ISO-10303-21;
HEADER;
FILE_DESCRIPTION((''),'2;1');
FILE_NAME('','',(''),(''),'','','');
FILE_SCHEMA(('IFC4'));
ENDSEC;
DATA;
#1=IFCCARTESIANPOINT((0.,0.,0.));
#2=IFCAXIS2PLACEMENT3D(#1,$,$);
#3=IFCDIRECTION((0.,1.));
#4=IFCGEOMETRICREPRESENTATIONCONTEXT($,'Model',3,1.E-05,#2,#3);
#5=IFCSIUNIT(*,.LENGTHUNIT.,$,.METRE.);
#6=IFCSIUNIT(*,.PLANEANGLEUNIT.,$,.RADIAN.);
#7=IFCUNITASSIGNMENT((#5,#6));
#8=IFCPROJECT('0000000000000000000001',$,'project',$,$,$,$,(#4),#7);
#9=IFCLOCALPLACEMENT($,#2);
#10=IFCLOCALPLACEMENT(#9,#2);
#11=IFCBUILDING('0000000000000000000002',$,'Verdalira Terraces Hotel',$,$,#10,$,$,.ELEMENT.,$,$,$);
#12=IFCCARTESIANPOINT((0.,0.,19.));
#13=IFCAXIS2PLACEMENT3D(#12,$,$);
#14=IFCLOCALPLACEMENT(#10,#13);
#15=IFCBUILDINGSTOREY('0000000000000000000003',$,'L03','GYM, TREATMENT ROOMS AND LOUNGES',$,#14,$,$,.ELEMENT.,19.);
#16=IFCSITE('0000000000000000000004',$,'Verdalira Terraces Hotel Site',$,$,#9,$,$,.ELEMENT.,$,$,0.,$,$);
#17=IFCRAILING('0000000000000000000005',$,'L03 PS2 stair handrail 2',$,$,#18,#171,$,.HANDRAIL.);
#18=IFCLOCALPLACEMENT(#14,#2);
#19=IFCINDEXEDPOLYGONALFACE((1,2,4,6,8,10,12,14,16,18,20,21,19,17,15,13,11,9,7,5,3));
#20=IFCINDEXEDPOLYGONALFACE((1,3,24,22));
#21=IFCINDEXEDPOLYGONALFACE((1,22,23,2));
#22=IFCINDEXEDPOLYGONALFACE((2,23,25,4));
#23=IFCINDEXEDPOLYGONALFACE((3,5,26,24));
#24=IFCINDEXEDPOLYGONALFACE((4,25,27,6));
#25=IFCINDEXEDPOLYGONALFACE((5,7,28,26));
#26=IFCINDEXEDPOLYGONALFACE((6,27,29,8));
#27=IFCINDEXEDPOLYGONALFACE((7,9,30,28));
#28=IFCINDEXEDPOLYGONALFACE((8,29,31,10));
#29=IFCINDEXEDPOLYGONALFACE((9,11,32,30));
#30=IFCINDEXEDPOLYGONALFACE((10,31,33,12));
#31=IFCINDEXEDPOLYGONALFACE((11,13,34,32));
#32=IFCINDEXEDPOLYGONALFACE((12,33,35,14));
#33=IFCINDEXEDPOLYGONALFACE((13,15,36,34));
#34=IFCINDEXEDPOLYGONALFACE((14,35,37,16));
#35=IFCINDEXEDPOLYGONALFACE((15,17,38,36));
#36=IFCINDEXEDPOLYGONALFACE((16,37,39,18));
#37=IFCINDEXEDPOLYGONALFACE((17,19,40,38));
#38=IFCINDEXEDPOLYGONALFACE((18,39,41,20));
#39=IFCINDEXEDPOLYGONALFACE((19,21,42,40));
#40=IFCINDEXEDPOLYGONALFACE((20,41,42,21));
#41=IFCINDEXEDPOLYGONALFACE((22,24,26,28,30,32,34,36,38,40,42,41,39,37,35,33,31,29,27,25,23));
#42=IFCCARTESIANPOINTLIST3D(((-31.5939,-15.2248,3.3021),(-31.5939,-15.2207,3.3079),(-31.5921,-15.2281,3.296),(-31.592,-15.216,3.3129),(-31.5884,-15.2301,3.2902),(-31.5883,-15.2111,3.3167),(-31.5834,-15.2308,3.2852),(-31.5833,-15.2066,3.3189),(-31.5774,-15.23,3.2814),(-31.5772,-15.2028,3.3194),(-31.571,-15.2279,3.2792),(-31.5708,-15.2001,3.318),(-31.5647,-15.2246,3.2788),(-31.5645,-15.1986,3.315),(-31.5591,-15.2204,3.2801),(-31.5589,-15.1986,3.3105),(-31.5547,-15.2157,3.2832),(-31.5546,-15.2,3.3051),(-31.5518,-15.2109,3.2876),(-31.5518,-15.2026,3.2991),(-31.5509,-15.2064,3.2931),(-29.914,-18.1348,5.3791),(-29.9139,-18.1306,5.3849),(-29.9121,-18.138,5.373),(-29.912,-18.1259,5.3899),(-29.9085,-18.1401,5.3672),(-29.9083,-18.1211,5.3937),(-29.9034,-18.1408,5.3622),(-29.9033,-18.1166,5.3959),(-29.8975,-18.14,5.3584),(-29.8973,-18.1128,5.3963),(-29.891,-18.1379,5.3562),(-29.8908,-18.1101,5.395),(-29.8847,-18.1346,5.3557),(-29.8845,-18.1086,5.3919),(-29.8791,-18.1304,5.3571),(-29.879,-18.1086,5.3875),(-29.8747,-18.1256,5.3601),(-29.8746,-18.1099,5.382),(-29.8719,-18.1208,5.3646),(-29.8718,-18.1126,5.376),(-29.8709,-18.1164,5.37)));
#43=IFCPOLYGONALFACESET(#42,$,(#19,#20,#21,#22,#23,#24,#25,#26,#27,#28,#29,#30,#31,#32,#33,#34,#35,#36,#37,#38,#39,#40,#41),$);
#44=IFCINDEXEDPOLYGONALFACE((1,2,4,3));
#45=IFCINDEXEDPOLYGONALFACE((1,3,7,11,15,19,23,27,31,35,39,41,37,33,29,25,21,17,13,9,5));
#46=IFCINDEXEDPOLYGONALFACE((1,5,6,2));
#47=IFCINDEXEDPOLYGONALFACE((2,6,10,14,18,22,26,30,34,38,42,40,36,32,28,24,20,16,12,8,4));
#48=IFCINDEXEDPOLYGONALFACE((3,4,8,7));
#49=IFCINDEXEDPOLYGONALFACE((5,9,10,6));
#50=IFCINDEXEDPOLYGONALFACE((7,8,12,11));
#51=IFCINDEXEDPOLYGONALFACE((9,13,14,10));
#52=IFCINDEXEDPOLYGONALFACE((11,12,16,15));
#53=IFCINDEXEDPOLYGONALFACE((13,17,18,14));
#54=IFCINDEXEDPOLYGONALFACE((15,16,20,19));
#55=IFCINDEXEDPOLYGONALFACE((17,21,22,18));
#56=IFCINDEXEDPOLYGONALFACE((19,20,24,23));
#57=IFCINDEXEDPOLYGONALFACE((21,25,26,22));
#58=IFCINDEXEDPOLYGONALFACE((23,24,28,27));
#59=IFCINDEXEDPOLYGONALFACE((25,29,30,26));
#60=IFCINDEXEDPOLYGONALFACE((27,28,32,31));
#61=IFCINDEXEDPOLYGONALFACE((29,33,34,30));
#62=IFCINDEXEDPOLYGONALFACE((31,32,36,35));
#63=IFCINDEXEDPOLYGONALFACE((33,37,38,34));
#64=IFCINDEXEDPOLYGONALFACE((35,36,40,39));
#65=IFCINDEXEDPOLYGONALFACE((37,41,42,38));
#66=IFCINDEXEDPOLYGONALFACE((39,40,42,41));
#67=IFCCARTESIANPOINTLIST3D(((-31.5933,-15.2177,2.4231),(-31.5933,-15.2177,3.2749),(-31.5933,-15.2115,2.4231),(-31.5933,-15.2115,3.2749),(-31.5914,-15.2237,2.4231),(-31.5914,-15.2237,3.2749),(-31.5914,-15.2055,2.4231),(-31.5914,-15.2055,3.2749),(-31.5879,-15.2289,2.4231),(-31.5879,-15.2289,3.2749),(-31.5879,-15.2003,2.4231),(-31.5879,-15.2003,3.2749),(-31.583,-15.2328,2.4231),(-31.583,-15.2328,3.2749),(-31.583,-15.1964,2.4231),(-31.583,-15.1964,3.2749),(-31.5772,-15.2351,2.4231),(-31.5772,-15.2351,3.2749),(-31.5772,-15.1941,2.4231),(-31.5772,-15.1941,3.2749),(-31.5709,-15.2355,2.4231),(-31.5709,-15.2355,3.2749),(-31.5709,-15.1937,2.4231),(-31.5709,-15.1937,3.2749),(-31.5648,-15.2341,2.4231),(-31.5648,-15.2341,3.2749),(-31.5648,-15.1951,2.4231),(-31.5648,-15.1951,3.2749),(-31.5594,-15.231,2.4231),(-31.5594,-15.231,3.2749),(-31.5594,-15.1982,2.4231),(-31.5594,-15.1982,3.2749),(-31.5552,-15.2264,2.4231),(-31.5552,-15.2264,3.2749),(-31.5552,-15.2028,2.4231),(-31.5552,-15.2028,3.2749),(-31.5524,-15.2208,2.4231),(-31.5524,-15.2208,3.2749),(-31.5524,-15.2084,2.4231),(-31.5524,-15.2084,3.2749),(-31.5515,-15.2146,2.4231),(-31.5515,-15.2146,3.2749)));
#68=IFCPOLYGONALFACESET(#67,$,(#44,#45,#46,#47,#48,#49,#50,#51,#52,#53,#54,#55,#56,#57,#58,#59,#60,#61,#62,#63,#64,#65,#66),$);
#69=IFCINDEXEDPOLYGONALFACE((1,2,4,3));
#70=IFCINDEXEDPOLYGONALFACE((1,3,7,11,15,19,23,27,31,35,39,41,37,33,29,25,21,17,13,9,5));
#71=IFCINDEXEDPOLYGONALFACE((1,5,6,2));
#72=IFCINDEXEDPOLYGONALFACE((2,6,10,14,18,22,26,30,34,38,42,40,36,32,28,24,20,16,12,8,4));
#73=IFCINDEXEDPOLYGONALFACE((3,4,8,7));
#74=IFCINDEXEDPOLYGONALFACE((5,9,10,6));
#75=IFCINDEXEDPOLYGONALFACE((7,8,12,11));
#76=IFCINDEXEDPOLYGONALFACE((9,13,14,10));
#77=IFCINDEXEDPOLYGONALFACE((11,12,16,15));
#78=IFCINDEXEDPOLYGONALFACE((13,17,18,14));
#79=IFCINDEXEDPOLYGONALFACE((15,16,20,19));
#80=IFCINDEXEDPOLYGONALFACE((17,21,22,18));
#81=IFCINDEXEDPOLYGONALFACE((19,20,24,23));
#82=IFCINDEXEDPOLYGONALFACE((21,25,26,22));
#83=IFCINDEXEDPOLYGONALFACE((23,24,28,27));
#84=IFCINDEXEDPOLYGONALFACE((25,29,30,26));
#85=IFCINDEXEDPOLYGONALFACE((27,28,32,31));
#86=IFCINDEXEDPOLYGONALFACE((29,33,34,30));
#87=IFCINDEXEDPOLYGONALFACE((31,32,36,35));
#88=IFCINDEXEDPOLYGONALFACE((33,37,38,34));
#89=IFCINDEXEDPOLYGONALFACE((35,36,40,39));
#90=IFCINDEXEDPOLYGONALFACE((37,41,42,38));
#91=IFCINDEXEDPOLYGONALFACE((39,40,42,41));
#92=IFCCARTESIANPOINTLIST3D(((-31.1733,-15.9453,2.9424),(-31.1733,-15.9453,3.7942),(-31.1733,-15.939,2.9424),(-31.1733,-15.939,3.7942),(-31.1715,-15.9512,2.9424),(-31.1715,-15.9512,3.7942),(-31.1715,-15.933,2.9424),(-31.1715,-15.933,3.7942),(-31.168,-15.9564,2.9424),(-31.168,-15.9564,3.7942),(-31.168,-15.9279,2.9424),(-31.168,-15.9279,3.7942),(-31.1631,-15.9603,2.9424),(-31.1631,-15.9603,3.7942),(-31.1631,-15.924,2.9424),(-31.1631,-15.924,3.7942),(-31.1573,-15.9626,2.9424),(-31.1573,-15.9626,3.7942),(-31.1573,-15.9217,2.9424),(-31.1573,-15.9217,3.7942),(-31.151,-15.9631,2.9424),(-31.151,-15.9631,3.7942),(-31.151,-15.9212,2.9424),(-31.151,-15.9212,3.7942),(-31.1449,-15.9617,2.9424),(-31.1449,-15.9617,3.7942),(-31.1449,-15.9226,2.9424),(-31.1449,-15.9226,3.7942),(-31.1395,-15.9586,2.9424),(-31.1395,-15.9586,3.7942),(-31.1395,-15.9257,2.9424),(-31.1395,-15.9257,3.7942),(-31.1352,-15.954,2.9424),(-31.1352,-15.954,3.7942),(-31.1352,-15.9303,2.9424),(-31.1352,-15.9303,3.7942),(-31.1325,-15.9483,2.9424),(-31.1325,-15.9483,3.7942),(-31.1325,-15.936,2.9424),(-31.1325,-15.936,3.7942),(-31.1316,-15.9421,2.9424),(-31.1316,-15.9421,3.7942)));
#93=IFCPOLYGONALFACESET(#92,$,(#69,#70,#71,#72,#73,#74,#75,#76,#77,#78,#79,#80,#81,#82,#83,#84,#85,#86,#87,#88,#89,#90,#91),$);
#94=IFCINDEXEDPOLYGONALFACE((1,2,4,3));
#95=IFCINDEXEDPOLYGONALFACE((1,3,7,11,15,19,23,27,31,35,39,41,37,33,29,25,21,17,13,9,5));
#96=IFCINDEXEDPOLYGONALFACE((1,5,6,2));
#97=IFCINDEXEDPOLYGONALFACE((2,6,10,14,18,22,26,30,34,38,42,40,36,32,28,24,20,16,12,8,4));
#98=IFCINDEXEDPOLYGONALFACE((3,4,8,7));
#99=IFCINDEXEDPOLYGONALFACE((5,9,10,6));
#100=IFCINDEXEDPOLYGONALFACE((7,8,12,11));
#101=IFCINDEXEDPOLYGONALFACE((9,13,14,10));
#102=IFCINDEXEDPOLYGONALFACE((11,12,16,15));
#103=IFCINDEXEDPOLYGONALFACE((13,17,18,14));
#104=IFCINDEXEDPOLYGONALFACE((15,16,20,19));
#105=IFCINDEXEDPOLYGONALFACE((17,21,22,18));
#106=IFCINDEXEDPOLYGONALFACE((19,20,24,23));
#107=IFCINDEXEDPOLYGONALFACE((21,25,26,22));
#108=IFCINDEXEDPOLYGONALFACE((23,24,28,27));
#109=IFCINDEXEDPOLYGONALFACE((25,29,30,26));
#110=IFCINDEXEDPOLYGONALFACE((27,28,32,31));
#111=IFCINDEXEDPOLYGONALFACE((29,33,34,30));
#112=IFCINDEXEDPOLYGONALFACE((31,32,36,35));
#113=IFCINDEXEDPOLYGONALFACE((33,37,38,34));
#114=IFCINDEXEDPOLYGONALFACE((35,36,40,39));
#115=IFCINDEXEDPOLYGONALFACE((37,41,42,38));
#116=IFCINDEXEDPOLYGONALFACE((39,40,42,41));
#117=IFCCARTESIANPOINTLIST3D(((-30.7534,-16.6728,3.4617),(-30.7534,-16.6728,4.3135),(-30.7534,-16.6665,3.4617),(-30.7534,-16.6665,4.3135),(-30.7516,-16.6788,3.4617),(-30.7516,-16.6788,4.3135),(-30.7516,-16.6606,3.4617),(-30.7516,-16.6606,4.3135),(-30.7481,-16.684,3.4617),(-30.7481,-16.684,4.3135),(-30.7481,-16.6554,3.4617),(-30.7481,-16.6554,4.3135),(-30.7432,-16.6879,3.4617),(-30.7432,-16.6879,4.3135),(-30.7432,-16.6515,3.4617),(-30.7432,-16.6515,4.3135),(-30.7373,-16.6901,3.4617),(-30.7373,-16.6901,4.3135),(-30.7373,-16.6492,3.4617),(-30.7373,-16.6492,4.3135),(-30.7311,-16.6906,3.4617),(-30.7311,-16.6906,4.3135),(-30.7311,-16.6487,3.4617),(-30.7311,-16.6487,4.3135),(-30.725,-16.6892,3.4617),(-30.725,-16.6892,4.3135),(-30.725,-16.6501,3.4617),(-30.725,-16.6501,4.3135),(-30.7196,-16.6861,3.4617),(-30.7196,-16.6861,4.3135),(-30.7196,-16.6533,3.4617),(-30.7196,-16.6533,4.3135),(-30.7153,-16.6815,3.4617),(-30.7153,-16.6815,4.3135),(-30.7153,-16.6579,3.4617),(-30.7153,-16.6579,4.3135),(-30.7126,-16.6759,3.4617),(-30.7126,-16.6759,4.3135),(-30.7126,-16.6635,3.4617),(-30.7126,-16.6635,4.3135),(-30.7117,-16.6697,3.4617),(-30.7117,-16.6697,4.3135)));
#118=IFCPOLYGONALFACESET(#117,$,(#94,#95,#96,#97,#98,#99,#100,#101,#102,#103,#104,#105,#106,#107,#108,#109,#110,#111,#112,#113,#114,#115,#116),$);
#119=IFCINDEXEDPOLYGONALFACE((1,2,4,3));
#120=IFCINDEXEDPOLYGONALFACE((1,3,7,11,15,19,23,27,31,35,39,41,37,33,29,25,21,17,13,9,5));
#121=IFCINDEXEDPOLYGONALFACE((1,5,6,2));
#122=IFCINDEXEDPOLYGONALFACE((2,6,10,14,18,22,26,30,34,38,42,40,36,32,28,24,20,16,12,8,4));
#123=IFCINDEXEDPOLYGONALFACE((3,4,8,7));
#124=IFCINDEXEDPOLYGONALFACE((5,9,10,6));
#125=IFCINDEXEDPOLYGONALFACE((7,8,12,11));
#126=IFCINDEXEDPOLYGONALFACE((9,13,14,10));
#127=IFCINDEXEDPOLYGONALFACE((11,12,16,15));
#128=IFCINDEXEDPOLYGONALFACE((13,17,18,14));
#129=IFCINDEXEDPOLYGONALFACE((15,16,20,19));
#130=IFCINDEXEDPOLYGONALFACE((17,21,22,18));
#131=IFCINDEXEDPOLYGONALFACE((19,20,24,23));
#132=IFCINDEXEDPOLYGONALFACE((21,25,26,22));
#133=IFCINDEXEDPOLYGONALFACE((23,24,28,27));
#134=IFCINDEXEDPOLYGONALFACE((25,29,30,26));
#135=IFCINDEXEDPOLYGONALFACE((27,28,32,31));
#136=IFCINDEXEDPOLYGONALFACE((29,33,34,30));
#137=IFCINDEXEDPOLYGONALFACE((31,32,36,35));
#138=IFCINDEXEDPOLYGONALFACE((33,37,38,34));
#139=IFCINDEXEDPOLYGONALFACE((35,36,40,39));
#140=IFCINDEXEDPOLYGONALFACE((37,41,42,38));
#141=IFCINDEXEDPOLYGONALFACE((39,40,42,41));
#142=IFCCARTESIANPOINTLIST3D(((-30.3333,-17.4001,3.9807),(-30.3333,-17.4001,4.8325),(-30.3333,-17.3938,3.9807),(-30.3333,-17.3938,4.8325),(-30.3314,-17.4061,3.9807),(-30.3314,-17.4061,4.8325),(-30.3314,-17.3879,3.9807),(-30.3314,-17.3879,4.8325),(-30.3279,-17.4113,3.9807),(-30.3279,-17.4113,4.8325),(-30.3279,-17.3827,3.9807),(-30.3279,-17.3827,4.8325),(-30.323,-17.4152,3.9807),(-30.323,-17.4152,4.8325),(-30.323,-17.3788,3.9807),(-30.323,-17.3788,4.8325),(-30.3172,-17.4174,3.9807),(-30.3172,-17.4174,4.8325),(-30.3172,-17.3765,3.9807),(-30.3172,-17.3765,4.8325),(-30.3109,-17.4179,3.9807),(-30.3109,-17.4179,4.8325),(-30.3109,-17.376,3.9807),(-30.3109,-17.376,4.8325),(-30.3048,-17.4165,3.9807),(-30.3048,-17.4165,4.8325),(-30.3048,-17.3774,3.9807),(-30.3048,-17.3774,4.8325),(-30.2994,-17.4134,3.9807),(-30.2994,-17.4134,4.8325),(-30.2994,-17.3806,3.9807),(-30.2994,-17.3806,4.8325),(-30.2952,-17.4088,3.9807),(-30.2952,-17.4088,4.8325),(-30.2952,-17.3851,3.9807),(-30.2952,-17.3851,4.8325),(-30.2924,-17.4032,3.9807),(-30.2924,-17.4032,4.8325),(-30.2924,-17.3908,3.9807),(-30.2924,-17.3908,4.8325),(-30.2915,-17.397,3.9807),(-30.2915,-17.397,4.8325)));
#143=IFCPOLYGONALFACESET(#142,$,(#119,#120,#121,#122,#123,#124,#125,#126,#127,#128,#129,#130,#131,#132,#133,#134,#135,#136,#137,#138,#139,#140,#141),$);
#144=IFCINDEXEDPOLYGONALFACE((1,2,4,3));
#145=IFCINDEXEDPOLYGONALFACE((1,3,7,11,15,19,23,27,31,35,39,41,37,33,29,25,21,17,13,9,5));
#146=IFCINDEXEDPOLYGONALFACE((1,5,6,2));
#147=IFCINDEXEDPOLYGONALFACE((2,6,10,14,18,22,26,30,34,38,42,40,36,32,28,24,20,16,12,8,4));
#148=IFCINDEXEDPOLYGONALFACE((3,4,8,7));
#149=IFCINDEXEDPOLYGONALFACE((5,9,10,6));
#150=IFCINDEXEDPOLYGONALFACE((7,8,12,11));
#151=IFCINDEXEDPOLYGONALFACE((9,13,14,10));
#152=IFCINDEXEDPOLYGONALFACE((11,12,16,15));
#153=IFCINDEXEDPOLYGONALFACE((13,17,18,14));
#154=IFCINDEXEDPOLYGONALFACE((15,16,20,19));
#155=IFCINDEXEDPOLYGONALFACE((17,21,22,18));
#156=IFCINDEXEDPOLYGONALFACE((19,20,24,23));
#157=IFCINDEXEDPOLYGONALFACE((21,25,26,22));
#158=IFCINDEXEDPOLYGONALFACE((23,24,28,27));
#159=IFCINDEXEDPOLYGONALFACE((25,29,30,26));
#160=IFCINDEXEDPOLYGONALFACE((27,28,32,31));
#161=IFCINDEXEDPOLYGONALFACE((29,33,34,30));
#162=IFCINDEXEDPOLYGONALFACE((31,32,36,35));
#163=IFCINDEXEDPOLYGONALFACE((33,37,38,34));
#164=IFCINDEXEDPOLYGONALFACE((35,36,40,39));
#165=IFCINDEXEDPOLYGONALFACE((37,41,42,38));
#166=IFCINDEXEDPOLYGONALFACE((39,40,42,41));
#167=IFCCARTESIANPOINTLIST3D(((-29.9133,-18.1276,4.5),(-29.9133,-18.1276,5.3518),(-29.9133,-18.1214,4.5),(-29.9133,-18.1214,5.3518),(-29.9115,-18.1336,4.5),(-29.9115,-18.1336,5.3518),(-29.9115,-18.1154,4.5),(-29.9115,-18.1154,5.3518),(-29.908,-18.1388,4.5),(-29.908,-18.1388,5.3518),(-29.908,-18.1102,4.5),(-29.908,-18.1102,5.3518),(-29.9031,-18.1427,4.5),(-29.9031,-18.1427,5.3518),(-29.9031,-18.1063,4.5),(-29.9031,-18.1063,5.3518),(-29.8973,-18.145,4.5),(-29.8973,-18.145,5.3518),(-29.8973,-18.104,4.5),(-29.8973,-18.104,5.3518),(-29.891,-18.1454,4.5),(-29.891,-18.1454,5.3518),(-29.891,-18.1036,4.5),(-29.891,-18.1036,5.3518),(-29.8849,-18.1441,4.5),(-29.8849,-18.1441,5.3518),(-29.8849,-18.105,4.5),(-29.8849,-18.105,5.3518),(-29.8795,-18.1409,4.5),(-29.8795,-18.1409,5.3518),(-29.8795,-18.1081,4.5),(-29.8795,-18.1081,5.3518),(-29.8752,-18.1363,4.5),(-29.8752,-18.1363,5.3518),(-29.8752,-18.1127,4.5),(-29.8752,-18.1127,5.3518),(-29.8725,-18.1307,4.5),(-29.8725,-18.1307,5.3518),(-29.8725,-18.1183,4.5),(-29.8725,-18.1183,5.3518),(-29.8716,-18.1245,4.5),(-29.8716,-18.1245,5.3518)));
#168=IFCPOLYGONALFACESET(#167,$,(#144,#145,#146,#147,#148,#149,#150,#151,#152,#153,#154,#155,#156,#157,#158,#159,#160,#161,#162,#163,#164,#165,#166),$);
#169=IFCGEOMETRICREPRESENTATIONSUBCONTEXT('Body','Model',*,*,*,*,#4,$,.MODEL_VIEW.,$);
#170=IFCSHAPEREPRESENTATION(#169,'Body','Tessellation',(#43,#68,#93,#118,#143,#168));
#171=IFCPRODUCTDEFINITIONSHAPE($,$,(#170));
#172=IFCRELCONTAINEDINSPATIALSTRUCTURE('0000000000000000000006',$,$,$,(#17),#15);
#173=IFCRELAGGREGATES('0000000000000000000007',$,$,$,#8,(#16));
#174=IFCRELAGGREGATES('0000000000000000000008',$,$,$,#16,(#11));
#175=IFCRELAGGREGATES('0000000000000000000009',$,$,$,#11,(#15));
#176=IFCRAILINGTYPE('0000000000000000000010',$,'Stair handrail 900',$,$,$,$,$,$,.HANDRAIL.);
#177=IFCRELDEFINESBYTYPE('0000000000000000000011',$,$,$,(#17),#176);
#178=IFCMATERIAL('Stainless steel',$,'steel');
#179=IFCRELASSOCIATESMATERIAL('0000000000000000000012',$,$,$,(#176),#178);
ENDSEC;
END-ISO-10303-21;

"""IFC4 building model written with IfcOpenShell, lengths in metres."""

from ifc_helpers import new_model, si_unit, direction, frame, origin, origin_2d, place, context, subcontext, project, spatial, circle, extrude, material, type_object, element, save


model = new_model("IFC4")

# Units and contexts
model_context = context("Model", 3, precision=1e-05, world=origin(), true_north=direction((0.0, 1.0)))
body_context = subcontext(model_context, "Body", "Model", "MODEL_VIEW")
ifc_project = project(units=[si_unit("LENGTHUNIT", "METRE"), si_unit("PLANEANGLEUNIT", "RADIAN")], contexts=[model_context])

# Site, building, storey
site_placement = place(None, origin())
site = spatial("IfcSite", under=ifc_project, at=site_placement, Name="Verdalira Terraces Hotel Site", CompositionType="ELEMENT", RefElevation=0.0)
building_placement = place(site_placement, origin())
building = spatial("IfcBuilding", under=site, at=building_placement, Name="Verdalira Terraces Hotel", CompositionType="ELEMENT")
storey_placement = place(building_placement, frame((0.0, 0.0, 19.0)))
storey = spatial("IfcBuildingStorey", under=building, at=storey_placement, Name="L03", Description="GYM, TREATMENT ROOMS AND LOUNGES", CompositionType="ELEMENT", Elevation=19.0)

# Railing
ifc_material_1 = material(Name="Stainless steel", Category="steel")
railing_type_1 = type_object("IfcRailingType", Name="Stair handrail 900", PredefinedType="HANDRAIL", material=ifc_material_1)
railing_1_placement = place(storey_placement, frame((-31.5725, -15.2146, 2.4231)))
element("IfcRailing", 1, at=railing_1_placement, inside=storey, type_object=railing_type_1, Name="L03 PS2 stair handrail 2", PredefinedType="HANDRAIL", context=body_context, shape_type="SweptSolid", body=[
    extrude(circle(Radius=0.0239, at=origin_2d()), frame((0.0, 0.0, 0.876), z_axis=(0.425288, -0.736668, 0.525785), x_axis=(0.866039, 0.499976, 0.0)), (0.0, 0.0, 1.0), 3.9502),
    extrude(circle(Radius=0.021, at=origin_2d()), origin(), (0.0, 0.0, 1.0), 0.8518),
    extrude(circle(Radius=0.021, at=origin_2d()), frame((0.4199, -0.7275, 0.5193)), (0.0, 0.0, 1.0), 0.8518),
    extrude(circle(Radius=0.021, at=origin_2d()), frame((0.8398, -1.4551, 1.0386)), (0.0, 0.0, 1.0), 0.8518),
    extrude(circle(Radius=0.021, at=origin_2d()), frame((1.26, -2.1824, 1.5576)), (0.0, 0.0, 1.0), 0.8518),
    extrude(circle(Radius=0.021, at=origin_2d()), frame((1.6799, -2.9099, 2.0769)), (0.0, 0.0, 1.0), 0.8518),
])

save(model, "model.ifc")
